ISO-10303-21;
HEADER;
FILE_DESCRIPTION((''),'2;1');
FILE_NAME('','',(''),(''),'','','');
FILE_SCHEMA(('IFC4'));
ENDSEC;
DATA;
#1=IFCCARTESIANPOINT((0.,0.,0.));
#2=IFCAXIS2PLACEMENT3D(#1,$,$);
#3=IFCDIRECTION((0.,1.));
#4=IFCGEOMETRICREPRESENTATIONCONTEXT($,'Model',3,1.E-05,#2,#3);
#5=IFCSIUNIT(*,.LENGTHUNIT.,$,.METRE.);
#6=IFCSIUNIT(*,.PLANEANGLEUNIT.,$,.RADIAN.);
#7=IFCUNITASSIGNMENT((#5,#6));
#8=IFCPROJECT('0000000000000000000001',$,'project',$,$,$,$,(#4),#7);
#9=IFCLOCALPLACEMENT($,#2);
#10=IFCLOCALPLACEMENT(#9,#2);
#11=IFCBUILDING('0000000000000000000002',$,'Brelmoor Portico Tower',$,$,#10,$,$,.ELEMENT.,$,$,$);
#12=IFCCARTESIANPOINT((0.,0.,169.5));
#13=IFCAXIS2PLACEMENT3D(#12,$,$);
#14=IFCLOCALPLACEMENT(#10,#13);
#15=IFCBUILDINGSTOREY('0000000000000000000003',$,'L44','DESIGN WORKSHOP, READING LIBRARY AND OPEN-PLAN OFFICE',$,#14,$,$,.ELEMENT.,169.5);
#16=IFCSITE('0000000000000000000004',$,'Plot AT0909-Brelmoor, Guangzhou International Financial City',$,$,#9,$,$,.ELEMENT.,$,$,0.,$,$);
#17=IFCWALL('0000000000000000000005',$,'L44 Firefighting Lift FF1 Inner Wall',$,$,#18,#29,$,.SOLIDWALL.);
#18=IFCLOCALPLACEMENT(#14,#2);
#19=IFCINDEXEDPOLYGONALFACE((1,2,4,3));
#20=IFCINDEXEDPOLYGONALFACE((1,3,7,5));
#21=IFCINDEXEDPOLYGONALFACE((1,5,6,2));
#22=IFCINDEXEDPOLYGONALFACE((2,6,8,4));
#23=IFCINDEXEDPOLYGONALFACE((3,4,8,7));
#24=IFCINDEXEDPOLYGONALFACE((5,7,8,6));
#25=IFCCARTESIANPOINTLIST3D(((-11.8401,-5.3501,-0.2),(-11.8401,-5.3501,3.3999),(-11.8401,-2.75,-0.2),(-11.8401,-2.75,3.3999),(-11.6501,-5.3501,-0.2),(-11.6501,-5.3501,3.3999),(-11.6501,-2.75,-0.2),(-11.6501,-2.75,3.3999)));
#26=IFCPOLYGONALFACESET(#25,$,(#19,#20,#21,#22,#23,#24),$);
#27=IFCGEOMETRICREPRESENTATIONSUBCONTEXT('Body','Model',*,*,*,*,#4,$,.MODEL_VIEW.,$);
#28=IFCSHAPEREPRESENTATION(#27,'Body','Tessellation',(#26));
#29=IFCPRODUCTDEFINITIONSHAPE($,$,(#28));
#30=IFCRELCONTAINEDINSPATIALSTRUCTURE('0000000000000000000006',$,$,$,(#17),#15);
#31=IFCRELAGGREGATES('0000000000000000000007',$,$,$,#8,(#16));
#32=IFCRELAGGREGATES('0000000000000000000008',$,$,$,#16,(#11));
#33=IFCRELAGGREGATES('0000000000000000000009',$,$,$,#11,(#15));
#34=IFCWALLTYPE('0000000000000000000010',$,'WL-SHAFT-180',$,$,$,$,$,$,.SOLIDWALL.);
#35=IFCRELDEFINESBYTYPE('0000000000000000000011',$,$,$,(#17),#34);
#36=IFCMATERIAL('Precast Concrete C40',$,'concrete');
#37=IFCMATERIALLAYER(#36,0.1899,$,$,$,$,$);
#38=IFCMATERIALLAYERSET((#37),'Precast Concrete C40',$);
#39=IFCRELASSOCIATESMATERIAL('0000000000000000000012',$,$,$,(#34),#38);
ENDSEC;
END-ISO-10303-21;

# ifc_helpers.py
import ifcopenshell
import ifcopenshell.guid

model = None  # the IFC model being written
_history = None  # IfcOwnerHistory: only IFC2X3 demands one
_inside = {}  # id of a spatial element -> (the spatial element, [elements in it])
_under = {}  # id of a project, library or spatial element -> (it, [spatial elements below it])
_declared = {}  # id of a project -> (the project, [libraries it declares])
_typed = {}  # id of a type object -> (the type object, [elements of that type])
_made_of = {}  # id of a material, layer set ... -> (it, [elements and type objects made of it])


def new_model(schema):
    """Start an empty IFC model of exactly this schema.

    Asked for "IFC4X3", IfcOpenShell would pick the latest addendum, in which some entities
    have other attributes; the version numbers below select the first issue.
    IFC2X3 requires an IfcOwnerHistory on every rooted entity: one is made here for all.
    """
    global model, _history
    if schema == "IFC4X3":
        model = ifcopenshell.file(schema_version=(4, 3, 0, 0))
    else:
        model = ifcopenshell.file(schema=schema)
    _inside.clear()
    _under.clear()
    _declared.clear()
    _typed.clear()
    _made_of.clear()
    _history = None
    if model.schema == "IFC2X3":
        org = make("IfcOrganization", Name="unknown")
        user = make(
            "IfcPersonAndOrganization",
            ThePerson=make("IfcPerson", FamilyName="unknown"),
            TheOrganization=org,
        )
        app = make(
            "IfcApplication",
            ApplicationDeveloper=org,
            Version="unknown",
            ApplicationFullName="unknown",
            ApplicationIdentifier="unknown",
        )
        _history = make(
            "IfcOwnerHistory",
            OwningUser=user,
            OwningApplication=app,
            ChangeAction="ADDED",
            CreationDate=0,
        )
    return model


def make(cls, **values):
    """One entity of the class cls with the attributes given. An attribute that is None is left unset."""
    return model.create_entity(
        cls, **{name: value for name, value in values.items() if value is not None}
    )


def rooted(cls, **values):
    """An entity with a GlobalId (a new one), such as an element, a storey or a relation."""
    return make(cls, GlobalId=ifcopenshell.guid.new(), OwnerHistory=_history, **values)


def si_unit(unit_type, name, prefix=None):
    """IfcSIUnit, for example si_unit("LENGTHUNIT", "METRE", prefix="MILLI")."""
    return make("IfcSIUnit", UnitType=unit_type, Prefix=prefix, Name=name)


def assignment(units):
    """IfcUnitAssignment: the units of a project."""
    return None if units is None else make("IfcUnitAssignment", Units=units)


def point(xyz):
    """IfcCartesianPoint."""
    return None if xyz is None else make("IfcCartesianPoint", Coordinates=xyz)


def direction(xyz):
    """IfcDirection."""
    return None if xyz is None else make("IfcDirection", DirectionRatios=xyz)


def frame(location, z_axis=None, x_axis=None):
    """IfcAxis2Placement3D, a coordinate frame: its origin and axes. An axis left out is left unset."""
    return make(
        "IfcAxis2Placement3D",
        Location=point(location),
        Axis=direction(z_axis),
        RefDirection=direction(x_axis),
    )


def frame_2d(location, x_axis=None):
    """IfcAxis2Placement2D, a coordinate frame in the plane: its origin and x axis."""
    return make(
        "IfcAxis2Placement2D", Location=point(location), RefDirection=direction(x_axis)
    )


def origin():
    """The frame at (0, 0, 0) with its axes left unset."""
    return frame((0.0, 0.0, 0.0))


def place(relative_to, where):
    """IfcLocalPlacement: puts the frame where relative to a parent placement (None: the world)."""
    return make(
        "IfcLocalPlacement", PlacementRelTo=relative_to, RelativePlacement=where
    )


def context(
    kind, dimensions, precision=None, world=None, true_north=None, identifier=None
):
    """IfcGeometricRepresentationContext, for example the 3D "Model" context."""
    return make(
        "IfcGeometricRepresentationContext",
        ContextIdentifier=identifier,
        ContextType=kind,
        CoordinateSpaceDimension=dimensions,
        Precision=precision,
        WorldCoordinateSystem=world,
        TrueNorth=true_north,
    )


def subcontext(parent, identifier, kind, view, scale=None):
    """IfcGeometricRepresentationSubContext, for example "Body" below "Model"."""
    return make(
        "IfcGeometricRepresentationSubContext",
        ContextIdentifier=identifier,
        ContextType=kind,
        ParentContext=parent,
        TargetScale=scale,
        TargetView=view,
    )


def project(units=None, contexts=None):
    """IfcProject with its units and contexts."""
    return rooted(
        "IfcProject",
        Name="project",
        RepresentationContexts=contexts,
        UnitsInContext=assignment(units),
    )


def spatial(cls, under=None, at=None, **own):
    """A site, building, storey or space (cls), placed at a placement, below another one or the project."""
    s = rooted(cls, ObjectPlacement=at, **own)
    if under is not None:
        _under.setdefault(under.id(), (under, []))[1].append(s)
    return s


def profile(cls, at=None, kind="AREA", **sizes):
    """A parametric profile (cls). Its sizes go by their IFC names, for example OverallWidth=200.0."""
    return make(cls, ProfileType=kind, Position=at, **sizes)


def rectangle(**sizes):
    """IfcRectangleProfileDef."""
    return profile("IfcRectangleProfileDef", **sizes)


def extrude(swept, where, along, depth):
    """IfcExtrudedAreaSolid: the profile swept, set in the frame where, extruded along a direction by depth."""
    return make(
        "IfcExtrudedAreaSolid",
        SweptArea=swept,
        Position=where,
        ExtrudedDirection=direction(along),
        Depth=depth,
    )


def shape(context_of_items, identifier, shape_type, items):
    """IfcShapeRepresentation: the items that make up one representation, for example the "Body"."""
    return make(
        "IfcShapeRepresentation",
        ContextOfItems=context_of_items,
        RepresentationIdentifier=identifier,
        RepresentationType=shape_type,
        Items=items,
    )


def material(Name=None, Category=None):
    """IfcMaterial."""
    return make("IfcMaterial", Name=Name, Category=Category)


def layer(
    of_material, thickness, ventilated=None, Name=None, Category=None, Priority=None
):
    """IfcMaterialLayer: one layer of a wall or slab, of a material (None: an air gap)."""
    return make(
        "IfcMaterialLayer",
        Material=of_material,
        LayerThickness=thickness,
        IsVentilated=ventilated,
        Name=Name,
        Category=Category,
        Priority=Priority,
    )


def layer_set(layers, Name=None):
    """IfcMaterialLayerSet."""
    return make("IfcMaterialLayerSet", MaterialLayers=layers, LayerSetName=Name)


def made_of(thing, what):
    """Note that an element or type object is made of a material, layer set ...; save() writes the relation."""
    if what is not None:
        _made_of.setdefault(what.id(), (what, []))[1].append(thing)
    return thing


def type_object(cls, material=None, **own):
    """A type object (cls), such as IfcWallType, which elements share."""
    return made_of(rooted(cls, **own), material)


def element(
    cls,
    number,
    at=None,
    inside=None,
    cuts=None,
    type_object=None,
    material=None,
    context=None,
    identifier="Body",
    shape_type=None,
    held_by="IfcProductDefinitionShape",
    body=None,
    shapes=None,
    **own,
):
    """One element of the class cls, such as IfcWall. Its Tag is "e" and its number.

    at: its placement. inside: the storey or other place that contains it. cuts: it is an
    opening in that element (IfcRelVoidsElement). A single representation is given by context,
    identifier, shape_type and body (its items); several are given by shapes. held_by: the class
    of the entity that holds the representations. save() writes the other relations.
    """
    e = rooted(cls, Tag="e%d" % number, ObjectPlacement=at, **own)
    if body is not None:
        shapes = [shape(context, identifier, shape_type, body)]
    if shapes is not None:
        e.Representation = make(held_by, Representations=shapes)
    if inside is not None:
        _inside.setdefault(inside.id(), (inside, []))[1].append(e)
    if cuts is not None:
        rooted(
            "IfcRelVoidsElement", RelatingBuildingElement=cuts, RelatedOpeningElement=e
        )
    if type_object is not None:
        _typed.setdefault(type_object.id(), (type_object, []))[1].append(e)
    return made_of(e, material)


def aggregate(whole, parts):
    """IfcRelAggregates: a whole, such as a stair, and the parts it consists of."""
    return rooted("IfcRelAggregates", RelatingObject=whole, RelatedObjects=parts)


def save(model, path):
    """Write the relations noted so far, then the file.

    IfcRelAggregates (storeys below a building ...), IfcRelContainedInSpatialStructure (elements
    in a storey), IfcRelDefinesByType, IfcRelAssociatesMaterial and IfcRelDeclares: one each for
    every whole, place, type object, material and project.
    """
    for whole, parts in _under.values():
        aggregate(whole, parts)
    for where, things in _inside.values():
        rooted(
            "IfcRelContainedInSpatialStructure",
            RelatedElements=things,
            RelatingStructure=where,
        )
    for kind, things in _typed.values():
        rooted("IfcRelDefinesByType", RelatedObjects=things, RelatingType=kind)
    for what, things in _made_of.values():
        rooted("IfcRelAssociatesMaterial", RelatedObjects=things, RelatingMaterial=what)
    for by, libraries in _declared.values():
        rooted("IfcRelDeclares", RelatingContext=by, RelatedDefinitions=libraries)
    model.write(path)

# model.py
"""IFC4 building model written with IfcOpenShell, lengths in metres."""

from ifc_helpers import new_model, si_unit, direction, frame, frame_2d, origin, place, context, subcontext, project, spatial, rectangle, extrude, material, layer, layer_set, type_object, element, save


model = new_model("IFC4")

# Units and contexts
model_context = context("Model", 3, precision=1e-05, world=origin(), true_north=direction((0.0, 1.0)))
body_context = subcontext(model_context, "Body", "Model", "MODEL_VIEW")
ifc_project = project(units=[si_unit("LENGTHUNIT", "METRE"), si_unit("PLANEANGLEUNIT", "RADIAN")], contexts=[model_context])

# Site, building, storey
site_placement = place(None, origin())
site = spatial("IfcSite", under=ifc_project, at=site_placement, Name="Plot AT0909-Brelmoor, Guangzhou International Financial City", CompositionType="ELEMENT", RefElevation=0.0)
building_placement = place(site_placement, origin())
building = spatial("IfcBuilding", under=site, at=building_placement, Name="Brelmoor Portico Tower", CompositionType="ELEMENT")
storey_placement = place(building_placement, frame((0.0, 0.0, 169.5)))
storey = spatial("IfcBuildingStorey", under=building, at=storey_placement, Name="L44", Description="DESIGN WORKSHOP, READING LIBRARY AND OPEN-PLAN OFFICE", CompositionType="ELEMENT", Elevation=169.5)

# Shared definitions
ifc_material_1 = material(Name="Precast Concrete C40", Category="concrete")
ifc_layer_1 = layer(ifc_material_1, 0.1899)
ifc_layer_set_1 = layer_set([ifc_layer_1], Name="Precast Concrete C40")
wall_type_1 = type_object("IfcWallType", Name="WL-SHAFT-180", PredefinedType="SOLIDWALL", material=ifc_layer_set_1)

# Wall
wall_1_placement = place(storey_placement, frame((-11.7451, -5.3501, -0.2), z_axis=(0.0, 0.0, 1.0), x_axis=(0.0, 1.0, 0.0)))
element("IfcWall", 1, at=wall_1_placement, inside=storey, type_object=wall_type_1, Name="L44 Firefighting Lift FF1 Inner Wall", PredefinedType="SOLIDWALL", context=body_context, shape_type="SweptSolid", body=[
    extrude(rectangle(XDim=2.6001, YDim=0.1899, at=frame_2d((1.3, 0.0))), origin(), (0.0, 0.0, 1.0), 3.5999),
])

save(model, "model.ifc")
